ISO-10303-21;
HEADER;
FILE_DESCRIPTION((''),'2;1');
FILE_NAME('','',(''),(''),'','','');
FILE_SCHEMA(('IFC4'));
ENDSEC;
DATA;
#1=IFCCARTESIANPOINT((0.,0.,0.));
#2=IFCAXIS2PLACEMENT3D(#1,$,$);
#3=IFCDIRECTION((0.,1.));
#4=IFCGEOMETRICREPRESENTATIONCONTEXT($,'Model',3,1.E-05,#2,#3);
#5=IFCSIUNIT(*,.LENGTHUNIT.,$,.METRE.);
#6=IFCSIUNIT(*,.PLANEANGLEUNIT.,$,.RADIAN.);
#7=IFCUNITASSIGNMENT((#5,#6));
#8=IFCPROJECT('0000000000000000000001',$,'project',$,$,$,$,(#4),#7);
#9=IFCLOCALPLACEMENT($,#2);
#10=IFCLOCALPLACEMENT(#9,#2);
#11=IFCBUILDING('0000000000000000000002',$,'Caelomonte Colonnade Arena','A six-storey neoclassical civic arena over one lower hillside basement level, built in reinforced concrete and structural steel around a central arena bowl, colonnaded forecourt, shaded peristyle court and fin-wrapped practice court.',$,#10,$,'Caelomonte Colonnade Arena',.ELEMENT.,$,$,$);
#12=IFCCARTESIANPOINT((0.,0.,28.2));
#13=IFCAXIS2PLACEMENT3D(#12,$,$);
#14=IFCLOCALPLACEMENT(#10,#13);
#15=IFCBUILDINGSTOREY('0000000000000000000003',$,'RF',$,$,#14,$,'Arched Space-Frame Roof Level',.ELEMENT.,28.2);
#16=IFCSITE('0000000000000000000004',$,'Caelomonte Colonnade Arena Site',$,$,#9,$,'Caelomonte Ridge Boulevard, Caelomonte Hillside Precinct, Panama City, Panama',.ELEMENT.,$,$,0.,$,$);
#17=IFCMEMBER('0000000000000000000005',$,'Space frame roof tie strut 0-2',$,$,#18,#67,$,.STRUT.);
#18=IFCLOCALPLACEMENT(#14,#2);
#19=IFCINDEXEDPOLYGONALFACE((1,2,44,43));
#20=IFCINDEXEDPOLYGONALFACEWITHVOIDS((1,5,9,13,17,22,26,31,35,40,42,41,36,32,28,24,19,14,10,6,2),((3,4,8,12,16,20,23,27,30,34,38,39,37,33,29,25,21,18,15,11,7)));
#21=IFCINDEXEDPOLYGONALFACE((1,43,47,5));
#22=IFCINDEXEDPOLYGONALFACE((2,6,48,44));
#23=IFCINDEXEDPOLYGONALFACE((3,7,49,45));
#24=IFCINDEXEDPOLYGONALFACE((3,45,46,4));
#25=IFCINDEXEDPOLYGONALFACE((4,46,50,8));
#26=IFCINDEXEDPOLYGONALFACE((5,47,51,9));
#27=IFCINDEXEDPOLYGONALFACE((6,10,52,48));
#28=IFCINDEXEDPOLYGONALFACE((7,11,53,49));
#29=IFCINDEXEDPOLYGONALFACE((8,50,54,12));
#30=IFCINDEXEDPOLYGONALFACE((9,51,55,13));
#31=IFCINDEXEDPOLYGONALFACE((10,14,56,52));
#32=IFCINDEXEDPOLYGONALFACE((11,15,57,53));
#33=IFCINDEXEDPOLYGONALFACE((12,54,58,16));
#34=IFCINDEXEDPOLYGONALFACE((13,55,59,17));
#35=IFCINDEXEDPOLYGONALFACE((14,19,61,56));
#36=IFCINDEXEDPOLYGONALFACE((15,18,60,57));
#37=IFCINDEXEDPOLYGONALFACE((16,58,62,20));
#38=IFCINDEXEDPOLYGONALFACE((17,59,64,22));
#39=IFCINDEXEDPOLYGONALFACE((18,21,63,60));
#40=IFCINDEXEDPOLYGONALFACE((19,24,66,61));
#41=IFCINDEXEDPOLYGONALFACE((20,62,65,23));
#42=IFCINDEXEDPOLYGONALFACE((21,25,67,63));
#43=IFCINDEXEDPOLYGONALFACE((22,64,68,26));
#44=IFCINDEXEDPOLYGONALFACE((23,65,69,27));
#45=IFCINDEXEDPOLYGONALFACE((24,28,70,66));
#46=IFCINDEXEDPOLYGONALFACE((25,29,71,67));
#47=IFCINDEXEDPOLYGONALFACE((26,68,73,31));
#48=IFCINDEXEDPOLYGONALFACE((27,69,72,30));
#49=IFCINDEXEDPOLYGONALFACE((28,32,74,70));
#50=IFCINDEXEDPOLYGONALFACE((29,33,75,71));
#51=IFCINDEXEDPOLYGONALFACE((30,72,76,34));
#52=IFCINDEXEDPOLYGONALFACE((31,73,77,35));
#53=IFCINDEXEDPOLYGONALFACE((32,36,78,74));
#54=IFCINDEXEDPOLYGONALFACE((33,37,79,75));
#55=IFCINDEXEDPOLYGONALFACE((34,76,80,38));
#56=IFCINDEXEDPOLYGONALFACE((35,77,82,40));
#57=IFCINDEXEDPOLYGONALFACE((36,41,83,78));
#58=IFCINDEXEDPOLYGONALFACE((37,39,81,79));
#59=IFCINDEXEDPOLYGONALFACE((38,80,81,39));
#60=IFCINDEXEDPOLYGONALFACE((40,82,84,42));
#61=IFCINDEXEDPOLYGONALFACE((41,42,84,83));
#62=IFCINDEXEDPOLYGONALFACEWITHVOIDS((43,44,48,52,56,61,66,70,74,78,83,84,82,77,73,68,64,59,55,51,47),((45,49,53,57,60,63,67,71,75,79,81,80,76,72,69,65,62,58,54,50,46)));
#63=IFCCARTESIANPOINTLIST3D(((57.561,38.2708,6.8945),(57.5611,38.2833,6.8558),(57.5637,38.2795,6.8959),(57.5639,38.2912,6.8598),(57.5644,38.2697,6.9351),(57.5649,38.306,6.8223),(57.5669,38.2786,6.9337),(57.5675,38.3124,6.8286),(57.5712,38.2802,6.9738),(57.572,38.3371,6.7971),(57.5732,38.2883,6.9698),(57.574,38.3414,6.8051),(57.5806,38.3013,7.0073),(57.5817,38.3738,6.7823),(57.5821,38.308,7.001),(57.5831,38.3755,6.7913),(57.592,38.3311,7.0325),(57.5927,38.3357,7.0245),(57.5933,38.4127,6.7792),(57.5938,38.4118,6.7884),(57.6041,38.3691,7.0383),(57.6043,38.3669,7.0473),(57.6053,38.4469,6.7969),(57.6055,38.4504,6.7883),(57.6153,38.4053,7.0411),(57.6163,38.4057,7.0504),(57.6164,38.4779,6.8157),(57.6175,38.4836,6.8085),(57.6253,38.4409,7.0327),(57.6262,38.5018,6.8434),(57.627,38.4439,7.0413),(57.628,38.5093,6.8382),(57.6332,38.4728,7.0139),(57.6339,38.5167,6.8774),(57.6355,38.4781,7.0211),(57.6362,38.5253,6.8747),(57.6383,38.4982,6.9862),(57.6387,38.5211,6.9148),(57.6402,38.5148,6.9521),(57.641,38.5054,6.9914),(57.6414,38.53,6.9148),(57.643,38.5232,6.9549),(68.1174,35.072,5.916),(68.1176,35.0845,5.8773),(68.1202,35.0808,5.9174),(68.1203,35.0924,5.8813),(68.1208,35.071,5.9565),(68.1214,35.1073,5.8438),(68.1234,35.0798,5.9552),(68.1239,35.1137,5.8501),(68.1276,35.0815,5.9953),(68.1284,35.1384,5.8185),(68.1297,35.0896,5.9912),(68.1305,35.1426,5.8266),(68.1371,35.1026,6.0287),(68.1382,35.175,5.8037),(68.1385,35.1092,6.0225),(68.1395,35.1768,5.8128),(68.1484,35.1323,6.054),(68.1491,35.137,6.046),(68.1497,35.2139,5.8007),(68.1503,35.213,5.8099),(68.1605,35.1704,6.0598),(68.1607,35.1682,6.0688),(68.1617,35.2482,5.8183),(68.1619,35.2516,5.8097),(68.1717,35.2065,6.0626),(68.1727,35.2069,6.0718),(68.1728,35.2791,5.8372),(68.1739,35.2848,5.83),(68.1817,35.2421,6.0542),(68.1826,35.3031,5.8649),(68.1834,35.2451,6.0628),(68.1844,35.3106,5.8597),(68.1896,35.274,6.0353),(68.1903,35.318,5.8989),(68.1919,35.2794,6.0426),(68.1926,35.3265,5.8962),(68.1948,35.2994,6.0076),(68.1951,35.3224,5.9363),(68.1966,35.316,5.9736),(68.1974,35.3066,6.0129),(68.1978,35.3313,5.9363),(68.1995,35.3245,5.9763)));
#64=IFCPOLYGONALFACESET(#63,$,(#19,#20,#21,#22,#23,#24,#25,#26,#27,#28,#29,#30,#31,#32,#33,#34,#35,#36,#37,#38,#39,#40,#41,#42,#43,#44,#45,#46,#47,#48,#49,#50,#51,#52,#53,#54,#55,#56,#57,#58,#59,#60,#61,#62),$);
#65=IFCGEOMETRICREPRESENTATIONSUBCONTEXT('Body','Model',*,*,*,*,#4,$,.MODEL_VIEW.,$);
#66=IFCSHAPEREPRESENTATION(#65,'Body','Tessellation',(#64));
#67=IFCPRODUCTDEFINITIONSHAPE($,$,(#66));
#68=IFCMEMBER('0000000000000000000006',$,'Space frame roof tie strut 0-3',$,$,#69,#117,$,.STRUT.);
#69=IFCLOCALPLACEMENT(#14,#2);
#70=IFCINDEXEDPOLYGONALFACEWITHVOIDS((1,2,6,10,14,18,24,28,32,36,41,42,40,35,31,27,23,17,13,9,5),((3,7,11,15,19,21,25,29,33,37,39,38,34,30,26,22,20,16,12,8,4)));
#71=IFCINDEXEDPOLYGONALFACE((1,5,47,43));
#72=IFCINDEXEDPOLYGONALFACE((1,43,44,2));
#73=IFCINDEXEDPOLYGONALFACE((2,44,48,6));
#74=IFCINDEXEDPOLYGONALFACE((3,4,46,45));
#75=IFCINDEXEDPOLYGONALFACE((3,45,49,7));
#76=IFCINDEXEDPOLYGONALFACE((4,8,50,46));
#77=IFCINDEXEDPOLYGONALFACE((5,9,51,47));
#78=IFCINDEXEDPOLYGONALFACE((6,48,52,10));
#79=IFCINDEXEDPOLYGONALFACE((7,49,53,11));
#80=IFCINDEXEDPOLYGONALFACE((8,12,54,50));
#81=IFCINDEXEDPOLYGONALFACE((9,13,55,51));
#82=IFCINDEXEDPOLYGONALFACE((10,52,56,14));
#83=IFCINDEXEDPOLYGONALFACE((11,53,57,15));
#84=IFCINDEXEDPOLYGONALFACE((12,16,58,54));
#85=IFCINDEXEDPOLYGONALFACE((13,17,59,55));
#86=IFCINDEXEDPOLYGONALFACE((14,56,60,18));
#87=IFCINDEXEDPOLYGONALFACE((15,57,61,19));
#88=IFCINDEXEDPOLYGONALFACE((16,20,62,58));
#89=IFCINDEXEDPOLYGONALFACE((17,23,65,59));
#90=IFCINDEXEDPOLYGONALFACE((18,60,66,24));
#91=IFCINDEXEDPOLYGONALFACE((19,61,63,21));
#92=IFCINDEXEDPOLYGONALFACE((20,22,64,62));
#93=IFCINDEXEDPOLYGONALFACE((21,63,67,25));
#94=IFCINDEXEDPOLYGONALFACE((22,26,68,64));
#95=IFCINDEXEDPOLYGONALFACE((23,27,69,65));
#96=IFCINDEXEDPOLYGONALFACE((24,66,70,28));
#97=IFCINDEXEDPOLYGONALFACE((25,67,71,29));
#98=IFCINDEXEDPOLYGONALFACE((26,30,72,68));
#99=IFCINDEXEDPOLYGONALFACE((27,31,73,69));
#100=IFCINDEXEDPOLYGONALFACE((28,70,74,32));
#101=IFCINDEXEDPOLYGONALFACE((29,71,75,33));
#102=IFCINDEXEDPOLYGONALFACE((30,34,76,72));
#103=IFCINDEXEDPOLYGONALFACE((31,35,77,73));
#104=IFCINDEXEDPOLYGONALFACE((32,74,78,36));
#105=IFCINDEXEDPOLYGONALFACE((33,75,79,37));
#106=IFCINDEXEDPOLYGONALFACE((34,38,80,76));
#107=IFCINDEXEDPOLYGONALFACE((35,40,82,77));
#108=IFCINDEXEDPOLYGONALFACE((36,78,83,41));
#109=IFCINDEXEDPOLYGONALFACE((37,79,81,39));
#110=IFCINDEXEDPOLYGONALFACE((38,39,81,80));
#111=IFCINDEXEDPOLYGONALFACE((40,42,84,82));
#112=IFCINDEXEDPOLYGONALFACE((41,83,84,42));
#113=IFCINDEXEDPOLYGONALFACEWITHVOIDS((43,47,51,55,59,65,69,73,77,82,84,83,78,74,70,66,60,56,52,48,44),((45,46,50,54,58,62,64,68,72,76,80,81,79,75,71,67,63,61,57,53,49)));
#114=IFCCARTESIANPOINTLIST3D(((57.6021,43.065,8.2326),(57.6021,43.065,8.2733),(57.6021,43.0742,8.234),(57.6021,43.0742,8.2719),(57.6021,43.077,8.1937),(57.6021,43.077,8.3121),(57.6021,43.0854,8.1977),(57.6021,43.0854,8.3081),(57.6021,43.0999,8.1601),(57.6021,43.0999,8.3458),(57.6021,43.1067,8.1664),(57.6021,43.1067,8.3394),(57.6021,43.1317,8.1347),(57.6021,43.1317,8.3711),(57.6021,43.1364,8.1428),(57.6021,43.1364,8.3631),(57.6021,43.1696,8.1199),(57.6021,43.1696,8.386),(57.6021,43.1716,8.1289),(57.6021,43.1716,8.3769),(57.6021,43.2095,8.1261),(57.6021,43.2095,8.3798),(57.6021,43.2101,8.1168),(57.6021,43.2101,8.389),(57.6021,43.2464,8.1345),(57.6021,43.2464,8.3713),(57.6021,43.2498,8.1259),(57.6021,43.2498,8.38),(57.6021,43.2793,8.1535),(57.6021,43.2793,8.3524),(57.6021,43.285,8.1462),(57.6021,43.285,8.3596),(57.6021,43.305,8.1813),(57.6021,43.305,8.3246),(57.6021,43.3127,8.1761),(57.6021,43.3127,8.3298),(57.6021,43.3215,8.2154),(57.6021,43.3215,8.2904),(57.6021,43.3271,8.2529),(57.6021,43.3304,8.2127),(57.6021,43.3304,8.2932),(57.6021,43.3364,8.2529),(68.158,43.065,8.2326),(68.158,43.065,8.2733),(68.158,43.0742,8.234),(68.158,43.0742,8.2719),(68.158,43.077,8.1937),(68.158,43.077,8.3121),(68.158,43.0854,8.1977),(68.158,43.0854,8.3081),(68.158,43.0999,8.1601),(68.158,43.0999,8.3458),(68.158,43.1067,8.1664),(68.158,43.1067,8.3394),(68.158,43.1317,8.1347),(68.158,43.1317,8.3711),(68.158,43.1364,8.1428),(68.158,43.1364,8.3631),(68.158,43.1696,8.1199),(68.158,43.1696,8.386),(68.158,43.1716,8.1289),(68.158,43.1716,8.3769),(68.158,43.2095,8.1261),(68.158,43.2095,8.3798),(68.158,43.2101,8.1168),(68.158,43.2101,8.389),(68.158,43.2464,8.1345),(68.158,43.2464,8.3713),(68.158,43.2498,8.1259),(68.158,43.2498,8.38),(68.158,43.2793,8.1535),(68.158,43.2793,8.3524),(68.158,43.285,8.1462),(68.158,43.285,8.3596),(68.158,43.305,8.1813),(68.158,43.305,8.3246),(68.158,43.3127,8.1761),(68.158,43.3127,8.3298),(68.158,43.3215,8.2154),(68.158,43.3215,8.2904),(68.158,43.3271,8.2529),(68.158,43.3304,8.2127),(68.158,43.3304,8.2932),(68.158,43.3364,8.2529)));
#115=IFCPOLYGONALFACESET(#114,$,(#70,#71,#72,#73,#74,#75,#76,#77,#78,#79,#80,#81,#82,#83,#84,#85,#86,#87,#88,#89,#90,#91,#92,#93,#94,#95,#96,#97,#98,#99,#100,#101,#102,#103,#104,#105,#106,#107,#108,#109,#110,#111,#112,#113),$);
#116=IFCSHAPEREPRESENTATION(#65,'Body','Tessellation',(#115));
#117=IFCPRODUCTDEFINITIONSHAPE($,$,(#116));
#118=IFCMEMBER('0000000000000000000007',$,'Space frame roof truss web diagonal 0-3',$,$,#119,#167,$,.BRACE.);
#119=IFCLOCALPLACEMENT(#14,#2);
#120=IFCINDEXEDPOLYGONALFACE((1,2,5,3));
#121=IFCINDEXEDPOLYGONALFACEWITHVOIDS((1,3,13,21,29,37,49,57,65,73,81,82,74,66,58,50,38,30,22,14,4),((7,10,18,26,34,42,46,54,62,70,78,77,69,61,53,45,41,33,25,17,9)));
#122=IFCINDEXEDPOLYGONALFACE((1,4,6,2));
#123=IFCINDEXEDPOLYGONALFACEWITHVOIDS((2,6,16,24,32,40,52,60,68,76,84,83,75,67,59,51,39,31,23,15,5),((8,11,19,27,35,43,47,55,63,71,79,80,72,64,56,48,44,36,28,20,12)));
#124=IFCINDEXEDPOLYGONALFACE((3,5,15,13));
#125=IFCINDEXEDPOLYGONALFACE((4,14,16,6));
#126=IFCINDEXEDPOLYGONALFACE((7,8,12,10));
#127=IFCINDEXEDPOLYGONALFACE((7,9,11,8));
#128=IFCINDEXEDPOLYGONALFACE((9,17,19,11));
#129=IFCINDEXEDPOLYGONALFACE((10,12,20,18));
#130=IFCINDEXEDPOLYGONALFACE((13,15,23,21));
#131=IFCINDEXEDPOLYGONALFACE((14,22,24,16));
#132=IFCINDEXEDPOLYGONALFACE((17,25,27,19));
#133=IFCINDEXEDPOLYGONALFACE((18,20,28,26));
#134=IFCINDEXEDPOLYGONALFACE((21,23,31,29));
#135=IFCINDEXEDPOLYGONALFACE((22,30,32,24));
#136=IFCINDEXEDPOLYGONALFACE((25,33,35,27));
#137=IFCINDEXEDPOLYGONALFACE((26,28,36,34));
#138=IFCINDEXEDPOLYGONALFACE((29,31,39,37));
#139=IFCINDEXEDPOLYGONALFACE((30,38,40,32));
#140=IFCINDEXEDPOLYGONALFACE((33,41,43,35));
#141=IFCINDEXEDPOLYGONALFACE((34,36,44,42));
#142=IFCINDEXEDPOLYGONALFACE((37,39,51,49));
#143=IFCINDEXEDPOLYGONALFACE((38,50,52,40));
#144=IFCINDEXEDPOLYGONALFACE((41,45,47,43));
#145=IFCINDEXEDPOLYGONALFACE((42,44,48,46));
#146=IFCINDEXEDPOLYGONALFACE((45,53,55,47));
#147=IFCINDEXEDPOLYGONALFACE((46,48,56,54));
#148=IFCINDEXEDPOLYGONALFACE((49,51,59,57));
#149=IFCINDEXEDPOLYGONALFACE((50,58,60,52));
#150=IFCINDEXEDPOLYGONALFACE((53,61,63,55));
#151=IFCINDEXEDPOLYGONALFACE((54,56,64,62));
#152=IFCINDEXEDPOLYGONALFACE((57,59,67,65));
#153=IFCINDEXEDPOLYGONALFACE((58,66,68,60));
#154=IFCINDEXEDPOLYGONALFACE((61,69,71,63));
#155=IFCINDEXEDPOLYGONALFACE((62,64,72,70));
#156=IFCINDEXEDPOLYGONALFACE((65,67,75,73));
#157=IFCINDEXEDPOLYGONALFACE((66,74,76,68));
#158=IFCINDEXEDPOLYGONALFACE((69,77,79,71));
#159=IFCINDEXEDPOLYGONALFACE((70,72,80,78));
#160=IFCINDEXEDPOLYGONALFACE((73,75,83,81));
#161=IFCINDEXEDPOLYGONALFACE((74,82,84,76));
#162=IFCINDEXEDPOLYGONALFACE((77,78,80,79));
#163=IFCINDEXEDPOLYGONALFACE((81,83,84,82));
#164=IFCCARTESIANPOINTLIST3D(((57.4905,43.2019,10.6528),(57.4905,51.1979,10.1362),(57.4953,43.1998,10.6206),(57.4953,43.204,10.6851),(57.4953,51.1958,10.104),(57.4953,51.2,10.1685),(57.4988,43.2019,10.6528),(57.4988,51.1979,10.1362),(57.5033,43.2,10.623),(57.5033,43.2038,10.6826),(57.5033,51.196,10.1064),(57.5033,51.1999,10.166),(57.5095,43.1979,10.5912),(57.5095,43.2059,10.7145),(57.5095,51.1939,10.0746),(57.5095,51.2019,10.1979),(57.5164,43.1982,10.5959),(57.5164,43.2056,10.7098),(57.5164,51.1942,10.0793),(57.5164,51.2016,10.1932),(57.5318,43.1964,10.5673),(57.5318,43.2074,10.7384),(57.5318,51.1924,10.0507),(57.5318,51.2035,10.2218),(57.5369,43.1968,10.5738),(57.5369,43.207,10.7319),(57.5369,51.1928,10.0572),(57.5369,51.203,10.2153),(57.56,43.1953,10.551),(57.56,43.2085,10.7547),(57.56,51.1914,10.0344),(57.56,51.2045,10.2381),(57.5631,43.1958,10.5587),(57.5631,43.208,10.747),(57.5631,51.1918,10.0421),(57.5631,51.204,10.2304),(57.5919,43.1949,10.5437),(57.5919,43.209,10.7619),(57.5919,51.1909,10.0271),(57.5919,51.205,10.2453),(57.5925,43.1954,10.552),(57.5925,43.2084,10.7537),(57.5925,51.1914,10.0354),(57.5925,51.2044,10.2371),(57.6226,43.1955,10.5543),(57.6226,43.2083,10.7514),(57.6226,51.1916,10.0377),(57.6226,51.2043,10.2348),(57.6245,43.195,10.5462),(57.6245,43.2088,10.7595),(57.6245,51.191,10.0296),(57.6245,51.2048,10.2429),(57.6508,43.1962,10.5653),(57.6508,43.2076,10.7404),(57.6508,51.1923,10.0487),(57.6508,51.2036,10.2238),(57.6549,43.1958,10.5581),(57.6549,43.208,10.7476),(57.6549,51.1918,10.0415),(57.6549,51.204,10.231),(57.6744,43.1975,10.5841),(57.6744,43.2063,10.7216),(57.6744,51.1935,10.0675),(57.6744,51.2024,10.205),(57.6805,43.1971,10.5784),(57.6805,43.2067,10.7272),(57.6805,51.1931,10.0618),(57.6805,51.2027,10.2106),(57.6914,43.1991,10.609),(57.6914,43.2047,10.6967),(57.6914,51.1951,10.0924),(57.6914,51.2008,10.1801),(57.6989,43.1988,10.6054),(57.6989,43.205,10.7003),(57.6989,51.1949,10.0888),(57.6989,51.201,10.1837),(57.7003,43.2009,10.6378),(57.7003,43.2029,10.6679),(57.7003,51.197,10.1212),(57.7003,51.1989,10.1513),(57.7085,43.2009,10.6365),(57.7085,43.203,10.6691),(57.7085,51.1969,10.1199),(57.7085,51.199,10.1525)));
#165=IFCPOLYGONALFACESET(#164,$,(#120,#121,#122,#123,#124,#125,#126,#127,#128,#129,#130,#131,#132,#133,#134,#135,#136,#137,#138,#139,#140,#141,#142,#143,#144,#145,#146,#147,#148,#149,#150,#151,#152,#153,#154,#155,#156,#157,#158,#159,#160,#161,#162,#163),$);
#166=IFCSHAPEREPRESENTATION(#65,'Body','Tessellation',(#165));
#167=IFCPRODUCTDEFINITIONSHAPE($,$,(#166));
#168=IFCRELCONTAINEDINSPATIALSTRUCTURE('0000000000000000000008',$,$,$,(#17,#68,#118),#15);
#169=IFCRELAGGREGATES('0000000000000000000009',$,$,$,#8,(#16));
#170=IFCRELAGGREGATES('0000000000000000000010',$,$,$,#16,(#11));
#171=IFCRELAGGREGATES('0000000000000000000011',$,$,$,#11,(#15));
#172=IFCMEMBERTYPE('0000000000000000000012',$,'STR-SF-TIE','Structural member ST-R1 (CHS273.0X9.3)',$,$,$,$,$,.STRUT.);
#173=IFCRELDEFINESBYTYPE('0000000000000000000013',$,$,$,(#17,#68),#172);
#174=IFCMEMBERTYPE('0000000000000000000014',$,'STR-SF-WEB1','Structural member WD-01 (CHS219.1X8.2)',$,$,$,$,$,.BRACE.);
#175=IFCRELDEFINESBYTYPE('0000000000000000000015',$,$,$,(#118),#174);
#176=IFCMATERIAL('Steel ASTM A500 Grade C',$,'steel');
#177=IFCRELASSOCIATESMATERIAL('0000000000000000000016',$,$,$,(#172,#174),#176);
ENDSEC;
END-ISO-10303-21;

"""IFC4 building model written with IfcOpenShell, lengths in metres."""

from ifc_helpers import new_model, si_unit, direction, frame, origin, origin_2d, place, context, subcontext, project, spatial, hollow_circle, extrude, material, material_profile, profile_set, type_object, element, save


model = new_model("IFC4")

# Units and contexts
model_context = context("Model", 3, precision=1e-05, world=origin(), true_north=direction((0.0, 1.0)))
body_context = subcontext(model_context, "Body", "Model", "MODEL_VIEW")
ifc_project = project(units=[si_unit("LENGTHUNIT", "METRE"), si_unit("PLANEANGLEUNIT", "RADIAN")], contexts=[model_context])

# Site, building, storey
site_placement = place(None, origin())
site = spatial("IfcSite", under=ifc_project, at=site_placement, Name="Caelomonte Colonnade Arena Site", LongName="Caelomonte Ridge Boulevard, Caelomonte Hillside Precinct, Panama City, Panama", CompositionType="ELEMENT", RefElevation=0.0)
building_placement = place(site_placement, origin())
building = spatial("IfcBuilding", under=site, at=building_placement, Name="Caelomonte Colonnade Arena", Description="A six-storey neoclassical civic arena over one lower hillside basement level, built in reinforced concrete and structural steel around a central arena bowl, colonnaded forecourt, shaded peristyle court and fin-wrapped practice court.", LongName="Caelomonte Colonnade Arena", CompositionType="ELEMENT")
storey_placement = place(building_placement, frame((0.0, 0.0, 28.2)))
storey = spatial("IfcBuildingStorey", under=building, at=storey_placement, Name="RF", LongName="Arched Space-Frame Roof Level", CompositionType="ELEMENT", Elevation=28.2)

# Members
ifc_material_1 = material(Name="Steel ASTM A500 Grade C", Category="steel")
ifc_material_profile_1 = material_profile(ifc_material_1, hollow_circle(Radius=0.1365, WallThickness=0.0093, at=origin_2d()), Name="CHS273.0X9.3")
ifc_profile_set_1 = profile_set([ifc_material_profile_1], Name="Steel ASTM A500 Grade C")
member_type_1 = type_object("IfcMemberType", Name="STR-SF-TIE", Description="Structural member ST-R1 (CHS273.0X9.3)", PredefinedType="STRUT", material=ifc_profile_set_1)
member_1_placement = place(storey_placement, frame((57.6018, 38.3994, 6.9148), z_axis=(0.953285, -0.288858, -0.088364), x_axis=(0.289993, 0.957029, 0.0)))
element("IfcMember", 1, at=member_1_placement, inside=storey, type_object=member_type_1, Name="Space frame roof tie strut 0-2", PredefinedType="STRUT", context=body_context, shape_type="SweptSolid", body=[
    extrude(hollow_circle(Radius=0.1365, WallThickness=0.0093, at=origin_2d()), origin(), (0.0, 0.0, 1.0), 11.0737),
])
member_2_placement = place(storey_placement, frame((57.6021, 43.2, 8.2529), z_axis=(1.0, 0.0, 0.0), x_axis=(0.0, 1.0, 0.0)))
element("IfcMember", 2, at=member_2_placement, inside=storey, type_object=member_type_1, Name="Space frame roof tie strut 0-3", PredefinedType="STRUT", context=body_context, shape_type="SweptSolid", body=[
    extrude(hollow_circle(Radius=0.1365, WallThickness=0.0093, at=origin_2d()), origin(), (0.0, 0.0, 1.0), 10.5559),
])
ifc_material_profile_2 = material_profile(ifc_material_1, hollow_circle(Radius=0.1096, WallThickness=0.0083, at=origin_2d()), Name="CHS219.1X8.2")
ifc_profile_set_2 = profile_set([ifc_material_profile_2], Name="Steel ASTM A500 Grade C")
member_type_2 = type_object("IfcMemberType", Name="STR-SF-WEB1", Description="Structural member WD-01 (CHS219.1X8.2)", PredefinedType="BRACE", material=ifc_profile_set_2)
member_3_placement = place(storey_placement, frame((57.6001, 43.2019, 10.6528), z_axis=(0.0, 0.997919, -0.064472), x_axis=(-1.0, 0.0, 0.0)))
element("IfcMember", 3, at=member_3_placement, inside=storey, type_object=member_type_2, Name="Space frame roof truss web diagonal 0-3", PredefinedType="BRACE", context=body_context, shape_type="SweptSolid", body=[
    extrude(hollow_circle(Radius=0.1096, WallThickness=0.0083, at=origin_2d()), origin(), (0.0, 0.0, 1.0), 8.0127),
])

save(model, "model.ifc")
